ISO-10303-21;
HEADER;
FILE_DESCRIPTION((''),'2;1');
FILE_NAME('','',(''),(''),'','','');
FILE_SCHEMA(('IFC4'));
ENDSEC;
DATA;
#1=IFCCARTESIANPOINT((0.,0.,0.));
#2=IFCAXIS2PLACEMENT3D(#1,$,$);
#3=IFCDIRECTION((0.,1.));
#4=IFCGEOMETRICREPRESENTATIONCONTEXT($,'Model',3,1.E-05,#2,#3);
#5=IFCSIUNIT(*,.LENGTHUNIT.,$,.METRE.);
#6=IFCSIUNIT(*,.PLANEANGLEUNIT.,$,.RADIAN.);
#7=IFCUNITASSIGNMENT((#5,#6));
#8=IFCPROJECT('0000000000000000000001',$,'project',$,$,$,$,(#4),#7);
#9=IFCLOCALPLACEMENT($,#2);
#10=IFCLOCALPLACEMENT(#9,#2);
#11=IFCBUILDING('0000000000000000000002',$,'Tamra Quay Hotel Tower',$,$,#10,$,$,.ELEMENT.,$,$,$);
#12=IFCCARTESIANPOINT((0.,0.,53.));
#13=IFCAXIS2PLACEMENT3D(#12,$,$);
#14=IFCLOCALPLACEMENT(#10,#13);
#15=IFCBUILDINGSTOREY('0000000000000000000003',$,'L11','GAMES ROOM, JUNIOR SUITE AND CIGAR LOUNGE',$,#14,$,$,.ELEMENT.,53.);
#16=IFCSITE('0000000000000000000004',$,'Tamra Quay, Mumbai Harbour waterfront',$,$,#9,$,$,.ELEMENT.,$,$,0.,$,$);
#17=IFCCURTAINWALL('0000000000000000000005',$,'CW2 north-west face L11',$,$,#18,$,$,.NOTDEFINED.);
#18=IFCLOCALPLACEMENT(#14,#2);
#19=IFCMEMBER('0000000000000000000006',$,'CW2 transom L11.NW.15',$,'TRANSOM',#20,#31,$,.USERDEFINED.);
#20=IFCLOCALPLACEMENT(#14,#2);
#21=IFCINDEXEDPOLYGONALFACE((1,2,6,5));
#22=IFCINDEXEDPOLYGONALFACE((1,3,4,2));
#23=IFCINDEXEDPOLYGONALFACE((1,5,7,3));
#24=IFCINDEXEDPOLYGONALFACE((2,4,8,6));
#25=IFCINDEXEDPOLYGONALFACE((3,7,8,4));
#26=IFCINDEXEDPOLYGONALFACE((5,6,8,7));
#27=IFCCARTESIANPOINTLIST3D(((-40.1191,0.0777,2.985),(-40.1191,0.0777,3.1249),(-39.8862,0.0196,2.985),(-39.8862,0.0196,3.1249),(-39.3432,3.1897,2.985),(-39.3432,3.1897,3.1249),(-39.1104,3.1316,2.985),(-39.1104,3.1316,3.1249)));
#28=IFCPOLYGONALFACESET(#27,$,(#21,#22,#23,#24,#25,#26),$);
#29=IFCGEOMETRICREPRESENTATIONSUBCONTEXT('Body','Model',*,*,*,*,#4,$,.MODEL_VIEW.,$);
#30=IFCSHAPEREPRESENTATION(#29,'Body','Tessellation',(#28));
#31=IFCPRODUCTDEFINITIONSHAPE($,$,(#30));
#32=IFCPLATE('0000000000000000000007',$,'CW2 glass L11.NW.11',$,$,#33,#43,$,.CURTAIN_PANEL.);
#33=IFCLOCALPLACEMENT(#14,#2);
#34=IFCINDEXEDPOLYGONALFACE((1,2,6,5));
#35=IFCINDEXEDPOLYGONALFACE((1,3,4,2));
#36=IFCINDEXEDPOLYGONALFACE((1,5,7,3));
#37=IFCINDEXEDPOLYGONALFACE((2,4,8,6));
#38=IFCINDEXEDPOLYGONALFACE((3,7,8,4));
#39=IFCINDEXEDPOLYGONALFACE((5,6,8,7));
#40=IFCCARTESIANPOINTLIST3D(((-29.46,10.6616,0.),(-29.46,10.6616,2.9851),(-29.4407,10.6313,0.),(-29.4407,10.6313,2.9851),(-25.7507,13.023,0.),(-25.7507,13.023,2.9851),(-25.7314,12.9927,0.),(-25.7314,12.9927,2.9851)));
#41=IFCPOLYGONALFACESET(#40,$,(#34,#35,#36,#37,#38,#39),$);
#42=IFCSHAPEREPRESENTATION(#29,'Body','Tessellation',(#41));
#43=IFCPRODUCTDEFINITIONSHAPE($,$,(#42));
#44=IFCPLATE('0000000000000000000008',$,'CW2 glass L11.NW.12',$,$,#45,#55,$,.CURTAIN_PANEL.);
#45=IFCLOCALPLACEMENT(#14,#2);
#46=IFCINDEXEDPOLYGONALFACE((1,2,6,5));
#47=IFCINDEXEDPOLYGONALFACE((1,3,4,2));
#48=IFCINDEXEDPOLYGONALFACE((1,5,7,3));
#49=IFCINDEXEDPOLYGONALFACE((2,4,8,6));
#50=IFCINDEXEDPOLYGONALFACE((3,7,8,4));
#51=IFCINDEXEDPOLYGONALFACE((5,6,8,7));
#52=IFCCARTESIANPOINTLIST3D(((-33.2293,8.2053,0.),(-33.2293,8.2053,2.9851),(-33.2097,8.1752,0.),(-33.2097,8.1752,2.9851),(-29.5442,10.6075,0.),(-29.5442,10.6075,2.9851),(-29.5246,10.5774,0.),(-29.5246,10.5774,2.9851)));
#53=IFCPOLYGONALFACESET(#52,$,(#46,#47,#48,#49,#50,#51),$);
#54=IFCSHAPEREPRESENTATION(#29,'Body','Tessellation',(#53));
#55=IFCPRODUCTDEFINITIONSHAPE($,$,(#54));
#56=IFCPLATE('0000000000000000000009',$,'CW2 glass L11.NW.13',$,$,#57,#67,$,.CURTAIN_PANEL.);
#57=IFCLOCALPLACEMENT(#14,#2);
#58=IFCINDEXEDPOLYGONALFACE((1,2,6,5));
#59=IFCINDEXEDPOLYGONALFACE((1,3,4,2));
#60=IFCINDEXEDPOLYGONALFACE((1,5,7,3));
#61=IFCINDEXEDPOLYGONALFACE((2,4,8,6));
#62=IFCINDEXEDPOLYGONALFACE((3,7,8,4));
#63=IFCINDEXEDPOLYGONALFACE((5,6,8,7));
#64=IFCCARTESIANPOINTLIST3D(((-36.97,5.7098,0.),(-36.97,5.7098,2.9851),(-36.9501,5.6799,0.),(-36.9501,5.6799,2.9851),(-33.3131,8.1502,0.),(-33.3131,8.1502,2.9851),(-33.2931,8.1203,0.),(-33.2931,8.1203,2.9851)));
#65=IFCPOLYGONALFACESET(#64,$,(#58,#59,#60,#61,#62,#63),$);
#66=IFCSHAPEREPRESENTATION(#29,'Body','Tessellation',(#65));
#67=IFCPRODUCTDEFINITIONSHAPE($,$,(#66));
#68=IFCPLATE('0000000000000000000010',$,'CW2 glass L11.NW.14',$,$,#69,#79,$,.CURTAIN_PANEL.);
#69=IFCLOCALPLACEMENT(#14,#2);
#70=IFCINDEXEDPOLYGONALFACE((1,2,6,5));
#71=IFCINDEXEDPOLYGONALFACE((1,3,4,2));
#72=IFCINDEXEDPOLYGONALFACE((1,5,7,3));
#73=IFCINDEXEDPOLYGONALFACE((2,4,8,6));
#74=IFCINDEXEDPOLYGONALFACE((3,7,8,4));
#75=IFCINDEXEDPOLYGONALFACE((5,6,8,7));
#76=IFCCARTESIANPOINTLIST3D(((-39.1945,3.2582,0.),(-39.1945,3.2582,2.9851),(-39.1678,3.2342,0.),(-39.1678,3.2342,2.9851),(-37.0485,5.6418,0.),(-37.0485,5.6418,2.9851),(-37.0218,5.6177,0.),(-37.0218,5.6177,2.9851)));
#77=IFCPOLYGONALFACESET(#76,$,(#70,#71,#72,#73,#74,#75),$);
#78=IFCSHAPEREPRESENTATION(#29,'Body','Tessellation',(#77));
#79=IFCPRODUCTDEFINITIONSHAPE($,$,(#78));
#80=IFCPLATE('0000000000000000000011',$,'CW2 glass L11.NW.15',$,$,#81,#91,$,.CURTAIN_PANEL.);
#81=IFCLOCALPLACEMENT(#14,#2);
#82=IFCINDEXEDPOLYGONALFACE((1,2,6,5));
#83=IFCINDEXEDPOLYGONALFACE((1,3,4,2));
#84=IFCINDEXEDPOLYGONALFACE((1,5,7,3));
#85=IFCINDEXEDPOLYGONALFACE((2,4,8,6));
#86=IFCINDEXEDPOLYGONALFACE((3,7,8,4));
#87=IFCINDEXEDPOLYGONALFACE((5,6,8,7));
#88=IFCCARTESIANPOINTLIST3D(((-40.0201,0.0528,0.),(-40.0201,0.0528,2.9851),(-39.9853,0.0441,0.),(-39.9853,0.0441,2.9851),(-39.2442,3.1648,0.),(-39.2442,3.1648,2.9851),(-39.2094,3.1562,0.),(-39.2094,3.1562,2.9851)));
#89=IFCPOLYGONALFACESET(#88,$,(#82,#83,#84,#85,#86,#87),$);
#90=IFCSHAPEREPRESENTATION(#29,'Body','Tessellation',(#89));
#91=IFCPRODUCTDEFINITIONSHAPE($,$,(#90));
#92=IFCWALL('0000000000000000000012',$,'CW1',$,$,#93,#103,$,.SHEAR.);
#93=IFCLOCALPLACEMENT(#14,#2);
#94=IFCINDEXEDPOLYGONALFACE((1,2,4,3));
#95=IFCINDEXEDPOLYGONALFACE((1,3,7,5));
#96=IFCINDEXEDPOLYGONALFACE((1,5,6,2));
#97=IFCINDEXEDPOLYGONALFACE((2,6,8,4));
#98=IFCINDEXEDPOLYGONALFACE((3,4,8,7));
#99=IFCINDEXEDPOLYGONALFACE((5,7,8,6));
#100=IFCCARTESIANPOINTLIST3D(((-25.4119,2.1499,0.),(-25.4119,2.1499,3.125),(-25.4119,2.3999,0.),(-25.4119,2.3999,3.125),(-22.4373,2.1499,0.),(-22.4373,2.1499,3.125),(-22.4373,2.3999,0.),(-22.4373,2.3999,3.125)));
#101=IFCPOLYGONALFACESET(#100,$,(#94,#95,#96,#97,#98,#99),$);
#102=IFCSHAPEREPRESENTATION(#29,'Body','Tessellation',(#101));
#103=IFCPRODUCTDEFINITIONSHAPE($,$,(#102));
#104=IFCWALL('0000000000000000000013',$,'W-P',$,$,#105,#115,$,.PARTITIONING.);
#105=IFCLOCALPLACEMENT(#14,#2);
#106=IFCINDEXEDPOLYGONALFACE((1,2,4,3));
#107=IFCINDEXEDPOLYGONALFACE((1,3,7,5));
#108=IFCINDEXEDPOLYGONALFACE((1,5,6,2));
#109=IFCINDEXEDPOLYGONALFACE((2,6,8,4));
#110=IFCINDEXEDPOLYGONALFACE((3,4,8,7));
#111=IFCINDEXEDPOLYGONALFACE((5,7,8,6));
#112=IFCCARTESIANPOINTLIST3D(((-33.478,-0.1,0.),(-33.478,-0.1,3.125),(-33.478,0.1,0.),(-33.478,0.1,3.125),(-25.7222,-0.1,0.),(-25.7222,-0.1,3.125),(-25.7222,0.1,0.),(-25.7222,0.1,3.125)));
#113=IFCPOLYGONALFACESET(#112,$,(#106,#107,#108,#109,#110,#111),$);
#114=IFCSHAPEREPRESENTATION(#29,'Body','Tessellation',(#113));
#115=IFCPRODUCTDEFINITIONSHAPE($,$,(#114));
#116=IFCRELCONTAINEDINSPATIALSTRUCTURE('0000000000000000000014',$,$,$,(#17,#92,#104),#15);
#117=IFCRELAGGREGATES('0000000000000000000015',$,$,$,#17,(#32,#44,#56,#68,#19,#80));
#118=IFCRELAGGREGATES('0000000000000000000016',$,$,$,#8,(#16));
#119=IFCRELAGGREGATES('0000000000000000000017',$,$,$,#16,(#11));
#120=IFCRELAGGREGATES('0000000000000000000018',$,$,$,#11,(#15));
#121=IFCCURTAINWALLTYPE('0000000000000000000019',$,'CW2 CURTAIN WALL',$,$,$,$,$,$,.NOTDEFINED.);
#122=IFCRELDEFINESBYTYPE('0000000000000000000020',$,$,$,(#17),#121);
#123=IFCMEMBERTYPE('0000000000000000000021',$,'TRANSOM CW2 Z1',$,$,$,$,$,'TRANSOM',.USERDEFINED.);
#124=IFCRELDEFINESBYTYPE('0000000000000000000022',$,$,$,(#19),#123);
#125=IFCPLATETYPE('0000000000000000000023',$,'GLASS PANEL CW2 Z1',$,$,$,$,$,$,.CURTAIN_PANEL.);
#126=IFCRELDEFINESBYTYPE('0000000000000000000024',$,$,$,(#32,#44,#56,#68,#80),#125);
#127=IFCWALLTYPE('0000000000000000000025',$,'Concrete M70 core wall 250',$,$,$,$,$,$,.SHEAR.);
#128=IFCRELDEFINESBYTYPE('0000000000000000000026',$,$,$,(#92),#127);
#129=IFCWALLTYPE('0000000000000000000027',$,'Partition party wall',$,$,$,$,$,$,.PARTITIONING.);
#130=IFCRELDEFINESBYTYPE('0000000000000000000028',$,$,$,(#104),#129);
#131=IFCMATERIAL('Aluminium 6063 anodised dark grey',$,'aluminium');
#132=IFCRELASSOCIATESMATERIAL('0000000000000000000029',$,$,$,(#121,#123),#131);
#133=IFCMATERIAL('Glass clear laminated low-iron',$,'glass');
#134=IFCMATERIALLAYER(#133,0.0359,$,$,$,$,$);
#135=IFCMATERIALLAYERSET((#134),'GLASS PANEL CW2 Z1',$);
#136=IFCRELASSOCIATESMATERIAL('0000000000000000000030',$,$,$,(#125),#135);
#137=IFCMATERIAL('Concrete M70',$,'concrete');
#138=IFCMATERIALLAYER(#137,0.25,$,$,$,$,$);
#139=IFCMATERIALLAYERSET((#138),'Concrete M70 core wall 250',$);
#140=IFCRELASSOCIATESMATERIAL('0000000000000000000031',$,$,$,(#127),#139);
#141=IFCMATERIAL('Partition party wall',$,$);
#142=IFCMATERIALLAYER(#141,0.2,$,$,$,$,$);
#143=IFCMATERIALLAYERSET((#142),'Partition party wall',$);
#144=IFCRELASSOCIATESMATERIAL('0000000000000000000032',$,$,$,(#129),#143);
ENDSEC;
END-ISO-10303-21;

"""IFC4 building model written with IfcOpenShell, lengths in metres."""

from ifc_helpers import new_model, si_unit, direction, frame, frame_2d, origin, origin_2d, place, context, subcontext, project, spatial, rectangle, extrude, material, layer, layer_set, material_profile, profile_set, type_object, element, aggregate, save


model = new_model("IFC4")

# Units and contexts
model_context = context("Model", 3, precision=1e-05, world=origin(), true_north=direction((0.0, 1.0)))
body_context = subcontext(model_context, "Body", "Model", "MODEL_VIEW")
ifc_project = project(units=[si_unit("LENGTHUNIT", "METRE"), si_unit("PLANEANGLEUNIT", "RADIAN")], contexts=[model_context])

# Site, building, storey
site_placement = place(None, origin())
site = spatial("IfcSite", under=ifc_project, at=site_placement, Name="Tamra Quay, Mumbai Harbour waterfront", CompositionType="ELEMENT", RefElevation=0.0)
building_placement = place(site_placement, origin())
building = spatial("IfcBuilding", under=site, at=building_placement, Name="Tamra Quay Hotel Tower", CompositionType="ELEMENT")
storey_placement = place(building_placement, frame((0.0, 0.0, 53.0)))
storey = spatial("IfcBuildingStorey", under=building, at=storey_placement, Name="L11", Description="GAMES ROOM, JUNIOR SUITE AND CIGAR LOUNGE", CompositionType="ELEMENT", Elevation=53.0)

# Shared definitions
ifc_material_1 = material(Name="Concrete M70", Category="concrete")

# Curtain wall
ifc_material_2 = material(Name="Aluminium 6063 anodised dark grey", Category="aluminium")
curtain_wall_type = type_object("IfcCurtainWallType", Name="CW2 CURTAIN WALL", PredefinedType="NOTDEFINED", material=ifc_material_2)
curtain_wall_placement = place(storey_placement, origin())
curtain_wall = element("IfcCurtainWall", 1, at=curtain_wall_placement, inside=storey, type_object=curtain_wall_type, Name="CW2 north-west face L11", PredefinedType="NOTDEFINED")

# Member
ifc_material_profile_1 = material_profile(ifc_material_2, rectangle(XDim=0.24, YDim=0.1399, at=origin_2d()), Name="TRANSOM 240X140")
ifc_profile_set_1 = profile_set([ifc_material_profile_1], Name="Aluminium 6063 anodised dark grey")
member_type_1 = type_object("IfcMemberType", Name="TRANSOM CW2 Z1", ElementType="TRANSOM", PredefinedType="USERDEFINED", material=ifc_profile_set_1)
member_1_placement = place(storey_placement, frame((-39.2268, 3.1606, 3.0549), z_axis=(-0.241909, -0.970299, 0.0), x_axis=(0.970299, -0.241909, 0.0)))
member_1 = element("IfcMember", 2, at=member_1_placement, type_object=member_type_1, Name="CW2 transom L11.NW.15", ObjectType="TRANSOM", PredefinedType="USERDEFINED", context=body_context, shape_type="SweptSolid", body=[
    extrude(rectangle(XDim=0.24, YDim=0.1399, at=origin_2d()), origin(), (0.0, 0.0, 1.0), 3.2073),
])

# Plates
ifc_material_3 = material(Name="Glass clear laminated low-iron", Category="glass")
ifc_layer_1 = layer(ifc_material_3, 0.0359)
ifc_layer_set_1 = layer_set([ifc_layer_1], Name="GLASS PANEL CW2 Z1")
plate_type = type_object("IfcPlateType", Name="GLASS PANEL CW2 Z1", PredefinedType="CURTAIN_PANEL", material=ifc_layer_set_1)
plate_1_placement = place(storey_placement, frame((-27.5957, 11.8271, 0.0), z_axis=(0.0, 0.0, 1.0), x_axis=(-0.843571, -0.537018, 0.0)))
plate_1 = element("IfcPlate", 3, at=plate_1_placement, type_object=plate_type, Name="CW2 glass L11.NW.11", PredefinedType="CURTAIN_PANEL", context=body_context, shape_type="SweptSolid", body=[
    extrude(rectangle(XDim=4.3972, YDim=0.0359, at=origin_2d()), origin(), (0.0, 0.0, 1.0), 2.9851),
])
plate_2_placement = place(storey_placement, frame((-31.377, 9.3914, 0.0), z_axis=(0.0, 0.0, 1.0), x_axis=(-0.837728, -0.546088, 0.0)))
plate_2 = element("IfcPlate", 4, at=plate_2_placement, type_object=plate_type, Name="CW2 glass L11.NW.12", PredefinedType="CURTAIN_PANEL", context=body_context, shape_type="SweptSolid", body=[
    extrude(rectangle(XDim=4.3989, YDim=0.0359, at=origin_2d()), origin(), (0.0, 0.0, 1.0), 2.9851),
])
plate_3_placement = place(storey_placement, frame((-35.1316, 6.915, 0.0), z_axis=(0.0, 0.0, 1.0), x_axis=(-0.831798, -0.555078, 0.0)))
plate_3 = element("IfcPlate", 5, at=plate_3_placement, type_object=plate_type, Name="CW2 glass L11.NW.13", PredefinedType="CURTAIN_PANEL", context=body_context, shape_type="SweptSolid", body=[
    extrude(rectangle(XDim=4.3965, YDim=0.0359, at=origin_2d()), origin(), (0.0, 0.0, 1.0), 2.9851),
])
plate_4_placement = place(storey_placement, frame((-38.1082, 4.438, 0.0), z_axis=(0.0, 0.0, 1.0), x_axis=(-0.669112, -0.743161, 0.0)))
plate_4 = element("IfcPlate", 6, at=plate_4_placement, type_object=plate_type, Name="CW2 glass L11.NW.14", PredefinedType="CURTAIN_PANEL", context=body_context, shape_type="SweptSolid", body=[
    extrude(rectangle(XDim=3.2073, YDim=0.0359, at=origin_2d()), origin(), (0.0, 0.0, 1.0), 2.9851),
])
plate_5_placement = place(storey_placement, frame((-39.6147, 1.6045, 0.0), z_axis=(0.0, 0.0, 1.0), x_axis=(-0.241914, -0.970298, 0.0)))
plate_5 = element("IfcPlate", 7, at=plate_5_placement, type_object=plate_type, Name="CW2 glass L11.NW.15", PredefinedType="CURTAIN_PANEL", context=body_context, shape_type="SweptSolid", body=[
    extrude(rectangle(XDim=3.2073, YDim=0.0359, at=origin_2d()), origin(), (0.0, 0.0, 1.0), 2.9851),
])
aggregate(curtain_wall, [plate_1, plate_2, plate_3, plate_4, member_1, plate_5])

# Walls
ifc_layer_2 = layer(ifc_material_1, 0.25)
ifc_layer_set_2 = layer_set([ifc_layer_2], Name="Concrete M70 core wall 250")
wall_type_1 = type_object("IfcWallType", Name="Concrete M70 core wall 250", PredefinedType="SHEAR", material=ifc_layer_set_2)
wall_1_placement = place(storey_placement, frame((-25.4119, 2.2749, 0.0), z_axis=(0.0, 0.0, 1.0), x_axis=(1.0, 0.0, 0.0)))
element("IfcWall", 8, at=wall_1_placement, inside=storey, type_object=wall_type_1, Name="CW1", PredefinedType="SHEAR", context=body_context, shape_type="SweptSolid", body=[
    extrude(rectangle(XDim=2.9746, YDim=0.25, at=frame_2d((1.4873, 0.0))), origin(), (0.0, 0.0, 1.0), 3.125),
])
ifc_material_4 = material(Name="Partition party wall")
ifc_layer_3 = layer(ifc_material_4, 0.2)
ifc_layer_set_3 = layer_set([ifc_layer_3], Name="Partition party wall")
wall_type_2 = type_object("IfcWallType", Name="Partition party wall", PredefinedType="PARTITIONING", material=ifc_layer_set_3)
wall_2_placement = place(storey_placement, frame((-33.478, 0.0, 0.0), z_axis=(0.0, 0.0, 1.0), x_axis=(1.0, 0.0, 0.0)))
element("IfcWall", 9, at=wall_2_placement, inside=storey, type_object=wall_type_2, Name="W-P", PredefinedType="PARTITIONING", context=body_context, shape_type="SweptSolid", body=[
    extrude(rectangle(XDim=7.7559, YDim=0.2, at=frame_2d((3.8779, 0.0))), origin(), (0.0, 0.0, 1.0), 3.125),
])

save(model, "model.ifc")
